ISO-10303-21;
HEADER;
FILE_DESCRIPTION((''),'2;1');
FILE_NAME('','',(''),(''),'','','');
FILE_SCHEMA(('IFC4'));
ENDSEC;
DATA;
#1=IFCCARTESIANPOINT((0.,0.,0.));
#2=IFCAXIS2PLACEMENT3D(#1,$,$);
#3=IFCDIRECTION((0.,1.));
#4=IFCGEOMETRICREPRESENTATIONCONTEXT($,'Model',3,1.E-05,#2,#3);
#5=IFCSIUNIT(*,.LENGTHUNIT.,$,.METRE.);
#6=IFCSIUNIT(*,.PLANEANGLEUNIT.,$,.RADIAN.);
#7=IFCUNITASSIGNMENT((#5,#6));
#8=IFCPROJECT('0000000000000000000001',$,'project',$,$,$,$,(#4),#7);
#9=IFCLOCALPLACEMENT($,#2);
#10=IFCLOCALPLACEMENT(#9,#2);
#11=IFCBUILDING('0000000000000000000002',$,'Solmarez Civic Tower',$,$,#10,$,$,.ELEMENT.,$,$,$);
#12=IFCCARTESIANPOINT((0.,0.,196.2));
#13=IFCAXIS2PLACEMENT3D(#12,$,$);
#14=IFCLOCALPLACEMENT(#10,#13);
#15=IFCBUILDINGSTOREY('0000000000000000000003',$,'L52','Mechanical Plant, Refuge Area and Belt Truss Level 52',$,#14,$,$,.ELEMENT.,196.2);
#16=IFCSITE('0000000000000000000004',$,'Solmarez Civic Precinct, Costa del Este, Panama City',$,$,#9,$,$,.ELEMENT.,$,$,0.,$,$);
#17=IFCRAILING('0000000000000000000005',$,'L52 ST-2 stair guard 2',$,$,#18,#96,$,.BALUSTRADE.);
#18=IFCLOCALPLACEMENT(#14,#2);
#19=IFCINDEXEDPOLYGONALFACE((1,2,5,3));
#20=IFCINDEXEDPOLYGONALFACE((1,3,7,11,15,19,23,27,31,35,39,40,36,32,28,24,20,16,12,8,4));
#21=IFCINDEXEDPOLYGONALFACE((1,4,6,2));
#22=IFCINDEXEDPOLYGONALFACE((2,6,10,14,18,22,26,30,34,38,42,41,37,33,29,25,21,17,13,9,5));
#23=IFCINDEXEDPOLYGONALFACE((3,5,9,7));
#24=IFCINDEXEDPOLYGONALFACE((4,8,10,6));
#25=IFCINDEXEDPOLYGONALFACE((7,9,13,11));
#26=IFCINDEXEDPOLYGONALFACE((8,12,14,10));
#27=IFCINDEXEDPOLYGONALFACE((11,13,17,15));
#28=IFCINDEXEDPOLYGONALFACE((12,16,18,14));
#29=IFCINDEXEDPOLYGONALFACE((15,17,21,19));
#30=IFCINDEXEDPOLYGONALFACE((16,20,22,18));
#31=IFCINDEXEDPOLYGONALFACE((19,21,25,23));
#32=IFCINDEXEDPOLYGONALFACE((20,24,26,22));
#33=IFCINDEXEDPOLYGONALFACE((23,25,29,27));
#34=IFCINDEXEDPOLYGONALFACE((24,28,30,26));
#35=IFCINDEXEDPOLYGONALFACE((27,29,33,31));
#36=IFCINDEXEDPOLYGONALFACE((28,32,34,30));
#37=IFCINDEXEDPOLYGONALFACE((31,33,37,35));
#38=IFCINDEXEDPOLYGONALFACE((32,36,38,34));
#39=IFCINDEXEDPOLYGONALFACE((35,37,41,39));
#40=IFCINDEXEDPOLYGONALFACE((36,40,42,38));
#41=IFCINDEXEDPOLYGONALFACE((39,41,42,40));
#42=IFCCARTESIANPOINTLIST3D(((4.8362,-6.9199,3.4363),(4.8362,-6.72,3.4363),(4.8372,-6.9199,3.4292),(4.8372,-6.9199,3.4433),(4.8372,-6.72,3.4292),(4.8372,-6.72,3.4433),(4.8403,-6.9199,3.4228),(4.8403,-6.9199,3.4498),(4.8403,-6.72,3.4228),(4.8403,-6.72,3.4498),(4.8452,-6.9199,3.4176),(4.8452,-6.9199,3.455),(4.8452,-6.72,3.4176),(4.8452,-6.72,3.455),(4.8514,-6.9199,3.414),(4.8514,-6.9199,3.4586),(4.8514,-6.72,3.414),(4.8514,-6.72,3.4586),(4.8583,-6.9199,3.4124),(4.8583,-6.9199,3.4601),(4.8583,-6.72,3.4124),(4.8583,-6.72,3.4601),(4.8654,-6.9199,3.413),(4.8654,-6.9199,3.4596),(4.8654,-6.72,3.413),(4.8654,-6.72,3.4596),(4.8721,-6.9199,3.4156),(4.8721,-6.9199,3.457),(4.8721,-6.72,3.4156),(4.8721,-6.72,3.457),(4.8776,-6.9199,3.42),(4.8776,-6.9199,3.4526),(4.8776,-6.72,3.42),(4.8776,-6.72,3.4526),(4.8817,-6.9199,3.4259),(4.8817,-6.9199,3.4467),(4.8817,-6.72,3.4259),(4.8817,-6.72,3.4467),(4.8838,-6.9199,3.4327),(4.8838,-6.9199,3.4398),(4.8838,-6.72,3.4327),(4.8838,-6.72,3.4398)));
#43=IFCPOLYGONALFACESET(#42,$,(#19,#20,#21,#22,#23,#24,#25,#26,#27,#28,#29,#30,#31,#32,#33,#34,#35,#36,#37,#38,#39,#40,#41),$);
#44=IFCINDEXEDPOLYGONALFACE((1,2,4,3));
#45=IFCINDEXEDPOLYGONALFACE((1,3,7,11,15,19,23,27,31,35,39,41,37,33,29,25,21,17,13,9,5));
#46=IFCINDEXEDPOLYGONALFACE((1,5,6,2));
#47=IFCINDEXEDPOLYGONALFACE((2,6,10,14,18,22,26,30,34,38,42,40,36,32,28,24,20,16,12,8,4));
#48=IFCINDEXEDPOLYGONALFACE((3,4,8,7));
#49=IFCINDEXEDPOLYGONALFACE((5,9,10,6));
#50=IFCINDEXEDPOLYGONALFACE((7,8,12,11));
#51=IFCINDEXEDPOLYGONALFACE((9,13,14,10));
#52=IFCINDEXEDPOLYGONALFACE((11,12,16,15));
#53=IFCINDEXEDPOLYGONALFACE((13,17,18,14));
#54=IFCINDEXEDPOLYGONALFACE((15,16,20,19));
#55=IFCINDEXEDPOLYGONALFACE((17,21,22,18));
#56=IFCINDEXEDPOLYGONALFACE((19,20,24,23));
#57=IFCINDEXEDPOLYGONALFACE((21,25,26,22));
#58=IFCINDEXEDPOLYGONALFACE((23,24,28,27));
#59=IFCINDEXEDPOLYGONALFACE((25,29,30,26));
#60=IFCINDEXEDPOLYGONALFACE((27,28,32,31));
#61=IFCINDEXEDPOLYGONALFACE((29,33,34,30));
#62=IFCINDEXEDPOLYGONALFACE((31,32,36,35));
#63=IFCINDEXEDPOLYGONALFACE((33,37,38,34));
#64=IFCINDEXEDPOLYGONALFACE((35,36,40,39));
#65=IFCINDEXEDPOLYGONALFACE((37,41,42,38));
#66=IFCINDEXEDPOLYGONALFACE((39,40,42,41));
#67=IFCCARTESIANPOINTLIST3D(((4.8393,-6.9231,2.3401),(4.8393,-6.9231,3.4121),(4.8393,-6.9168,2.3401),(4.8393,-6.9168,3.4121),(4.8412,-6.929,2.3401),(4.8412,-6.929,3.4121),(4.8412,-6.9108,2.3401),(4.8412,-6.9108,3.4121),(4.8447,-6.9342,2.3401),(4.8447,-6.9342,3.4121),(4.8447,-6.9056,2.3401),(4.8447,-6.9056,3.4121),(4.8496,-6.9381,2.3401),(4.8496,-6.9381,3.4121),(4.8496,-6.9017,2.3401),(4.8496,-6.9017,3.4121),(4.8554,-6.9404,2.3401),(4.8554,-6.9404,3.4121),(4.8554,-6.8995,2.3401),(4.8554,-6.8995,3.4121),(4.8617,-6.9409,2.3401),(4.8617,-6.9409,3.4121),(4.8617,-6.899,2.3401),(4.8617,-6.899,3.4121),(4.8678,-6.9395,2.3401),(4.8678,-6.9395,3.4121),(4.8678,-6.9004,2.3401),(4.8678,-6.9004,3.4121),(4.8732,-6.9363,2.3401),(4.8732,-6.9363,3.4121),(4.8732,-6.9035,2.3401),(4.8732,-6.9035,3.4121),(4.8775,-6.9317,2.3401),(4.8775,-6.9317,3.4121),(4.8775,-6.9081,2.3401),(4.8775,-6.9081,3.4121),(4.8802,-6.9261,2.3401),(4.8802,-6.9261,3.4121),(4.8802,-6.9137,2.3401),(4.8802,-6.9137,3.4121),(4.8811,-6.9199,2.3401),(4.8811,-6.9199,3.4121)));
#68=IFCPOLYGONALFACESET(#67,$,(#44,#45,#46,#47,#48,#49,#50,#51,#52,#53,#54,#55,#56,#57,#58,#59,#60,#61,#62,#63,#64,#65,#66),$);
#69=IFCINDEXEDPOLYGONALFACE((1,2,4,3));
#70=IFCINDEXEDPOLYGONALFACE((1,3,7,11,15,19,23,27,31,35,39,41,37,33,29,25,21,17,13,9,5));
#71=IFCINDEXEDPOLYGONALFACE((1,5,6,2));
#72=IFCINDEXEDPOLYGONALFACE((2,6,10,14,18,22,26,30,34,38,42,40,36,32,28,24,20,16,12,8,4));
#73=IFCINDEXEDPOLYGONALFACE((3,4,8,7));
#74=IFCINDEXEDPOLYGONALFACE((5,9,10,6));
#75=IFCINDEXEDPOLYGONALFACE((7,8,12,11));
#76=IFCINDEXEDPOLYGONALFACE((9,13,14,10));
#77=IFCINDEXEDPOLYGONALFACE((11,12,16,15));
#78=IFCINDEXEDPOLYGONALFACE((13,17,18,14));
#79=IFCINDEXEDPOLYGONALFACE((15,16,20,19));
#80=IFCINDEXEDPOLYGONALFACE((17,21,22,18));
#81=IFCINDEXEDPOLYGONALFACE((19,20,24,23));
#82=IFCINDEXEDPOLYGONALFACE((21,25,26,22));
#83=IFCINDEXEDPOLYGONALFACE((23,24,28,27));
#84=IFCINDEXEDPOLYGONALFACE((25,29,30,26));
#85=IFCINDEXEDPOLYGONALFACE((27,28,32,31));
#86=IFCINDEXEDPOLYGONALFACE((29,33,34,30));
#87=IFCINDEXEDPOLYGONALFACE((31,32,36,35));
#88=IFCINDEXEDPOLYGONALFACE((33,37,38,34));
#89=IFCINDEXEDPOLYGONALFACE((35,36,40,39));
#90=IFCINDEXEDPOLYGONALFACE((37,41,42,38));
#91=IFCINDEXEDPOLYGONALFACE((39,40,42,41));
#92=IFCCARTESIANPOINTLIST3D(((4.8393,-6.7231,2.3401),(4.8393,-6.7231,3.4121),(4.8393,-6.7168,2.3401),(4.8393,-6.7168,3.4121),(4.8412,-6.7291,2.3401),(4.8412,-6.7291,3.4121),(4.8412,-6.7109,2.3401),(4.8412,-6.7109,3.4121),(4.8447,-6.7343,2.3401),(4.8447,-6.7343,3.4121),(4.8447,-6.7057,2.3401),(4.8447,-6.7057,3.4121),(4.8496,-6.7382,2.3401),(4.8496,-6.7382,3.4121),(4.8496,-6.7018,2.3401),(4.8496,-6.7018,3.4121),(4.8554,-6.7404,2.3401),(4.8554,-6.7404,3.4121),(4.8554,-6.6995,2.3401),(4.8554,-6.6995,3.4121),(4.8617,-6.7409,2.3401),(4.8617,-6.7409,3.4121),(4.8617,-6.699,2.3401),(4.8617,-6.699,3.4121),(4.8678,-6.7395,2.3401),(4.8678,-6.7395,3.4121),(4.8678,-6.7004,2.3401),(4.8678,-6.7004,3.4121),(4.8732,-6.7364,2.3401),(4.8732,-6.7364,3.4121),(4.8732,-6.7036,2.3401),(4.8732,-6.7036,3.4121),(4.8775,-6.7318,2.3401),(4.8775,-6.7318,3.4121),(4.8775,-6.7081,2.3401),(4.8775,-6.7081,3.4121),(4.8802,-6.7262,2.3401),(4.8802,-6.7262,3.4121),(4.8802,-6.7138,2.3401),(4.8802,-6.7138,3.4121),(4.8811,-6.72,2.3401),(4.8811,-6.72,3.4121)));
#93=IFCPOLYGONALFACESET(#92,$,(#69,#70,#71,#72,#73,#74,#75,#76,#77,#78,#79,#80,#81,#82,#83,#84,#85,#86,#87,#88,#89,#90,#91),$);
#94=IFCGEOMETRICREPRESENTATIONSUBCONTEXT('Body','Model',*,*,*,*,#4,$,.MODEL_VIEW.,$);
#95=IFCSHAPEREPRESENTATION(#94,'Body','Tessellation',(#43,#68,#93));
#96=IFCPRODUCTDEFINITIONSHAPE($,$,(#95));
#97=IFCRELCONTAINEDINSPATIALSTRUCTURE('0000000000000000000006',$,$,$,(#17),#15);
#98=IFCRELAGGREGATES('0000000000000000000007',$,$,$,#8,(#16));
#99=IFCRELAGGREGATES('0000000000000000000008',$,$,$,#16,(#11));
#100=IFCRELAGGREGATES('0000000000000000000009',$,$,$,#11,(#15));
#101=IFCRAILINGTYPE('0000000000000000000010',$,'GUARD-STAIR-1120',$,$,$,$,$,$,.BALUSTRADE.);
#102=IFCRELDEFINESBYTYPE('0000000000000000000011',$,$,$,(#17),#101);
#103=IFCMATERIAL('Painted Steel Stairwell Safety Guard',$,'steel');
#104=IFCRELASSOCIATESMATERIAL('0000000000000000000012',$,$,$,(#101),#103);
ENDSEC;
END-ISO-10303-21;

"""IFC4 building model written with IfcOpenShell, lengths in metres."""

from ifc_helpers import new_model, si_unit, direction, frame, origin, origin_2d, place, context, subcontext, project, spatial, circle, extrude, material, type_object, element, save


model = new_model("IFC4")

# Units and contexts
model_context = context("Model", 3, precision=1e-05, world=origin(), true_north=direction((0.0, 1.0)))
body_context = subcontext(model_context, "Body", "Model", "MODEL_VIEW")
ifc_project = project(units=[si_unit("LENGTHUNIT", "METRE"), si_unit("PLANEANGLEUNIT", "RADIAN")], contexts=[model_context])

# Site, building, storey
site_placement = place(None, origin())
site = spatial("IfcSite", under=ifc_project, at=site_placement, Name="Solmarez Civic Precinct, Costa del Este, Panama City", CompositionType="ELEMENT", RefElevation=0.0)
building_placement = place(site_placement, origin())
building = spatial("IfcBuilding", under=site, at=building_placement, Name="Solmarez Civic Tower", CompositionType="ELEMENT")
storey_placement = place(building_placement, frame((0.0, 0.0, 196.2)))
storey = spatial("IfcBuildingStorey", under=building, at=storey_placement, Name="L52", Description="Mechanical Plant, Refuge Area and Belt Truss Level 52", CompositionType="ELEMENT", Elevation=196.2)

# Railing
ifc_material_1 = material(Name="Painted Steel Stairwell Safety Guard", Category="steel")
railing_type_1 = type_object("IfcRailingType", Name="GUARD-STAIR-1120", PredefinedType="BALUSTRADE", material=ifc_material_1)
railing_1_placement = place(storey_placement, frame((4.8601, -6.9199, 2.3401)))
element("IfcRailing", 1, at=railing_1_placement, inside=storey, type_object=railing_type_1, Name="L52 ST-2 stair guard 2", PredefinedType="BALUSTRADE", context=body_context, shape_type="SweptSolid", body=[
    extrude(circle(Radius=0.0239, at=origin_2d()), frame((0.0, 0.0, 1.0962), z_axis=(0.0, 1.0, 0.0), x_axis=(-1.0, 0.0, 0.0)), (0.0, 0.0, 1.0), 0.2),
    extrude(circle(Radius=0.021, at=origin_2d()), origin(), (0.0, 0.0, 1.0), 1.072),
    extrude(circle(Radius=0.021, at=origin_2d()), frame((0.0, 0.2, 0.0)), (0.0, 0.0, 1.0), 1.072),
])

save(model, "model.ifc")
